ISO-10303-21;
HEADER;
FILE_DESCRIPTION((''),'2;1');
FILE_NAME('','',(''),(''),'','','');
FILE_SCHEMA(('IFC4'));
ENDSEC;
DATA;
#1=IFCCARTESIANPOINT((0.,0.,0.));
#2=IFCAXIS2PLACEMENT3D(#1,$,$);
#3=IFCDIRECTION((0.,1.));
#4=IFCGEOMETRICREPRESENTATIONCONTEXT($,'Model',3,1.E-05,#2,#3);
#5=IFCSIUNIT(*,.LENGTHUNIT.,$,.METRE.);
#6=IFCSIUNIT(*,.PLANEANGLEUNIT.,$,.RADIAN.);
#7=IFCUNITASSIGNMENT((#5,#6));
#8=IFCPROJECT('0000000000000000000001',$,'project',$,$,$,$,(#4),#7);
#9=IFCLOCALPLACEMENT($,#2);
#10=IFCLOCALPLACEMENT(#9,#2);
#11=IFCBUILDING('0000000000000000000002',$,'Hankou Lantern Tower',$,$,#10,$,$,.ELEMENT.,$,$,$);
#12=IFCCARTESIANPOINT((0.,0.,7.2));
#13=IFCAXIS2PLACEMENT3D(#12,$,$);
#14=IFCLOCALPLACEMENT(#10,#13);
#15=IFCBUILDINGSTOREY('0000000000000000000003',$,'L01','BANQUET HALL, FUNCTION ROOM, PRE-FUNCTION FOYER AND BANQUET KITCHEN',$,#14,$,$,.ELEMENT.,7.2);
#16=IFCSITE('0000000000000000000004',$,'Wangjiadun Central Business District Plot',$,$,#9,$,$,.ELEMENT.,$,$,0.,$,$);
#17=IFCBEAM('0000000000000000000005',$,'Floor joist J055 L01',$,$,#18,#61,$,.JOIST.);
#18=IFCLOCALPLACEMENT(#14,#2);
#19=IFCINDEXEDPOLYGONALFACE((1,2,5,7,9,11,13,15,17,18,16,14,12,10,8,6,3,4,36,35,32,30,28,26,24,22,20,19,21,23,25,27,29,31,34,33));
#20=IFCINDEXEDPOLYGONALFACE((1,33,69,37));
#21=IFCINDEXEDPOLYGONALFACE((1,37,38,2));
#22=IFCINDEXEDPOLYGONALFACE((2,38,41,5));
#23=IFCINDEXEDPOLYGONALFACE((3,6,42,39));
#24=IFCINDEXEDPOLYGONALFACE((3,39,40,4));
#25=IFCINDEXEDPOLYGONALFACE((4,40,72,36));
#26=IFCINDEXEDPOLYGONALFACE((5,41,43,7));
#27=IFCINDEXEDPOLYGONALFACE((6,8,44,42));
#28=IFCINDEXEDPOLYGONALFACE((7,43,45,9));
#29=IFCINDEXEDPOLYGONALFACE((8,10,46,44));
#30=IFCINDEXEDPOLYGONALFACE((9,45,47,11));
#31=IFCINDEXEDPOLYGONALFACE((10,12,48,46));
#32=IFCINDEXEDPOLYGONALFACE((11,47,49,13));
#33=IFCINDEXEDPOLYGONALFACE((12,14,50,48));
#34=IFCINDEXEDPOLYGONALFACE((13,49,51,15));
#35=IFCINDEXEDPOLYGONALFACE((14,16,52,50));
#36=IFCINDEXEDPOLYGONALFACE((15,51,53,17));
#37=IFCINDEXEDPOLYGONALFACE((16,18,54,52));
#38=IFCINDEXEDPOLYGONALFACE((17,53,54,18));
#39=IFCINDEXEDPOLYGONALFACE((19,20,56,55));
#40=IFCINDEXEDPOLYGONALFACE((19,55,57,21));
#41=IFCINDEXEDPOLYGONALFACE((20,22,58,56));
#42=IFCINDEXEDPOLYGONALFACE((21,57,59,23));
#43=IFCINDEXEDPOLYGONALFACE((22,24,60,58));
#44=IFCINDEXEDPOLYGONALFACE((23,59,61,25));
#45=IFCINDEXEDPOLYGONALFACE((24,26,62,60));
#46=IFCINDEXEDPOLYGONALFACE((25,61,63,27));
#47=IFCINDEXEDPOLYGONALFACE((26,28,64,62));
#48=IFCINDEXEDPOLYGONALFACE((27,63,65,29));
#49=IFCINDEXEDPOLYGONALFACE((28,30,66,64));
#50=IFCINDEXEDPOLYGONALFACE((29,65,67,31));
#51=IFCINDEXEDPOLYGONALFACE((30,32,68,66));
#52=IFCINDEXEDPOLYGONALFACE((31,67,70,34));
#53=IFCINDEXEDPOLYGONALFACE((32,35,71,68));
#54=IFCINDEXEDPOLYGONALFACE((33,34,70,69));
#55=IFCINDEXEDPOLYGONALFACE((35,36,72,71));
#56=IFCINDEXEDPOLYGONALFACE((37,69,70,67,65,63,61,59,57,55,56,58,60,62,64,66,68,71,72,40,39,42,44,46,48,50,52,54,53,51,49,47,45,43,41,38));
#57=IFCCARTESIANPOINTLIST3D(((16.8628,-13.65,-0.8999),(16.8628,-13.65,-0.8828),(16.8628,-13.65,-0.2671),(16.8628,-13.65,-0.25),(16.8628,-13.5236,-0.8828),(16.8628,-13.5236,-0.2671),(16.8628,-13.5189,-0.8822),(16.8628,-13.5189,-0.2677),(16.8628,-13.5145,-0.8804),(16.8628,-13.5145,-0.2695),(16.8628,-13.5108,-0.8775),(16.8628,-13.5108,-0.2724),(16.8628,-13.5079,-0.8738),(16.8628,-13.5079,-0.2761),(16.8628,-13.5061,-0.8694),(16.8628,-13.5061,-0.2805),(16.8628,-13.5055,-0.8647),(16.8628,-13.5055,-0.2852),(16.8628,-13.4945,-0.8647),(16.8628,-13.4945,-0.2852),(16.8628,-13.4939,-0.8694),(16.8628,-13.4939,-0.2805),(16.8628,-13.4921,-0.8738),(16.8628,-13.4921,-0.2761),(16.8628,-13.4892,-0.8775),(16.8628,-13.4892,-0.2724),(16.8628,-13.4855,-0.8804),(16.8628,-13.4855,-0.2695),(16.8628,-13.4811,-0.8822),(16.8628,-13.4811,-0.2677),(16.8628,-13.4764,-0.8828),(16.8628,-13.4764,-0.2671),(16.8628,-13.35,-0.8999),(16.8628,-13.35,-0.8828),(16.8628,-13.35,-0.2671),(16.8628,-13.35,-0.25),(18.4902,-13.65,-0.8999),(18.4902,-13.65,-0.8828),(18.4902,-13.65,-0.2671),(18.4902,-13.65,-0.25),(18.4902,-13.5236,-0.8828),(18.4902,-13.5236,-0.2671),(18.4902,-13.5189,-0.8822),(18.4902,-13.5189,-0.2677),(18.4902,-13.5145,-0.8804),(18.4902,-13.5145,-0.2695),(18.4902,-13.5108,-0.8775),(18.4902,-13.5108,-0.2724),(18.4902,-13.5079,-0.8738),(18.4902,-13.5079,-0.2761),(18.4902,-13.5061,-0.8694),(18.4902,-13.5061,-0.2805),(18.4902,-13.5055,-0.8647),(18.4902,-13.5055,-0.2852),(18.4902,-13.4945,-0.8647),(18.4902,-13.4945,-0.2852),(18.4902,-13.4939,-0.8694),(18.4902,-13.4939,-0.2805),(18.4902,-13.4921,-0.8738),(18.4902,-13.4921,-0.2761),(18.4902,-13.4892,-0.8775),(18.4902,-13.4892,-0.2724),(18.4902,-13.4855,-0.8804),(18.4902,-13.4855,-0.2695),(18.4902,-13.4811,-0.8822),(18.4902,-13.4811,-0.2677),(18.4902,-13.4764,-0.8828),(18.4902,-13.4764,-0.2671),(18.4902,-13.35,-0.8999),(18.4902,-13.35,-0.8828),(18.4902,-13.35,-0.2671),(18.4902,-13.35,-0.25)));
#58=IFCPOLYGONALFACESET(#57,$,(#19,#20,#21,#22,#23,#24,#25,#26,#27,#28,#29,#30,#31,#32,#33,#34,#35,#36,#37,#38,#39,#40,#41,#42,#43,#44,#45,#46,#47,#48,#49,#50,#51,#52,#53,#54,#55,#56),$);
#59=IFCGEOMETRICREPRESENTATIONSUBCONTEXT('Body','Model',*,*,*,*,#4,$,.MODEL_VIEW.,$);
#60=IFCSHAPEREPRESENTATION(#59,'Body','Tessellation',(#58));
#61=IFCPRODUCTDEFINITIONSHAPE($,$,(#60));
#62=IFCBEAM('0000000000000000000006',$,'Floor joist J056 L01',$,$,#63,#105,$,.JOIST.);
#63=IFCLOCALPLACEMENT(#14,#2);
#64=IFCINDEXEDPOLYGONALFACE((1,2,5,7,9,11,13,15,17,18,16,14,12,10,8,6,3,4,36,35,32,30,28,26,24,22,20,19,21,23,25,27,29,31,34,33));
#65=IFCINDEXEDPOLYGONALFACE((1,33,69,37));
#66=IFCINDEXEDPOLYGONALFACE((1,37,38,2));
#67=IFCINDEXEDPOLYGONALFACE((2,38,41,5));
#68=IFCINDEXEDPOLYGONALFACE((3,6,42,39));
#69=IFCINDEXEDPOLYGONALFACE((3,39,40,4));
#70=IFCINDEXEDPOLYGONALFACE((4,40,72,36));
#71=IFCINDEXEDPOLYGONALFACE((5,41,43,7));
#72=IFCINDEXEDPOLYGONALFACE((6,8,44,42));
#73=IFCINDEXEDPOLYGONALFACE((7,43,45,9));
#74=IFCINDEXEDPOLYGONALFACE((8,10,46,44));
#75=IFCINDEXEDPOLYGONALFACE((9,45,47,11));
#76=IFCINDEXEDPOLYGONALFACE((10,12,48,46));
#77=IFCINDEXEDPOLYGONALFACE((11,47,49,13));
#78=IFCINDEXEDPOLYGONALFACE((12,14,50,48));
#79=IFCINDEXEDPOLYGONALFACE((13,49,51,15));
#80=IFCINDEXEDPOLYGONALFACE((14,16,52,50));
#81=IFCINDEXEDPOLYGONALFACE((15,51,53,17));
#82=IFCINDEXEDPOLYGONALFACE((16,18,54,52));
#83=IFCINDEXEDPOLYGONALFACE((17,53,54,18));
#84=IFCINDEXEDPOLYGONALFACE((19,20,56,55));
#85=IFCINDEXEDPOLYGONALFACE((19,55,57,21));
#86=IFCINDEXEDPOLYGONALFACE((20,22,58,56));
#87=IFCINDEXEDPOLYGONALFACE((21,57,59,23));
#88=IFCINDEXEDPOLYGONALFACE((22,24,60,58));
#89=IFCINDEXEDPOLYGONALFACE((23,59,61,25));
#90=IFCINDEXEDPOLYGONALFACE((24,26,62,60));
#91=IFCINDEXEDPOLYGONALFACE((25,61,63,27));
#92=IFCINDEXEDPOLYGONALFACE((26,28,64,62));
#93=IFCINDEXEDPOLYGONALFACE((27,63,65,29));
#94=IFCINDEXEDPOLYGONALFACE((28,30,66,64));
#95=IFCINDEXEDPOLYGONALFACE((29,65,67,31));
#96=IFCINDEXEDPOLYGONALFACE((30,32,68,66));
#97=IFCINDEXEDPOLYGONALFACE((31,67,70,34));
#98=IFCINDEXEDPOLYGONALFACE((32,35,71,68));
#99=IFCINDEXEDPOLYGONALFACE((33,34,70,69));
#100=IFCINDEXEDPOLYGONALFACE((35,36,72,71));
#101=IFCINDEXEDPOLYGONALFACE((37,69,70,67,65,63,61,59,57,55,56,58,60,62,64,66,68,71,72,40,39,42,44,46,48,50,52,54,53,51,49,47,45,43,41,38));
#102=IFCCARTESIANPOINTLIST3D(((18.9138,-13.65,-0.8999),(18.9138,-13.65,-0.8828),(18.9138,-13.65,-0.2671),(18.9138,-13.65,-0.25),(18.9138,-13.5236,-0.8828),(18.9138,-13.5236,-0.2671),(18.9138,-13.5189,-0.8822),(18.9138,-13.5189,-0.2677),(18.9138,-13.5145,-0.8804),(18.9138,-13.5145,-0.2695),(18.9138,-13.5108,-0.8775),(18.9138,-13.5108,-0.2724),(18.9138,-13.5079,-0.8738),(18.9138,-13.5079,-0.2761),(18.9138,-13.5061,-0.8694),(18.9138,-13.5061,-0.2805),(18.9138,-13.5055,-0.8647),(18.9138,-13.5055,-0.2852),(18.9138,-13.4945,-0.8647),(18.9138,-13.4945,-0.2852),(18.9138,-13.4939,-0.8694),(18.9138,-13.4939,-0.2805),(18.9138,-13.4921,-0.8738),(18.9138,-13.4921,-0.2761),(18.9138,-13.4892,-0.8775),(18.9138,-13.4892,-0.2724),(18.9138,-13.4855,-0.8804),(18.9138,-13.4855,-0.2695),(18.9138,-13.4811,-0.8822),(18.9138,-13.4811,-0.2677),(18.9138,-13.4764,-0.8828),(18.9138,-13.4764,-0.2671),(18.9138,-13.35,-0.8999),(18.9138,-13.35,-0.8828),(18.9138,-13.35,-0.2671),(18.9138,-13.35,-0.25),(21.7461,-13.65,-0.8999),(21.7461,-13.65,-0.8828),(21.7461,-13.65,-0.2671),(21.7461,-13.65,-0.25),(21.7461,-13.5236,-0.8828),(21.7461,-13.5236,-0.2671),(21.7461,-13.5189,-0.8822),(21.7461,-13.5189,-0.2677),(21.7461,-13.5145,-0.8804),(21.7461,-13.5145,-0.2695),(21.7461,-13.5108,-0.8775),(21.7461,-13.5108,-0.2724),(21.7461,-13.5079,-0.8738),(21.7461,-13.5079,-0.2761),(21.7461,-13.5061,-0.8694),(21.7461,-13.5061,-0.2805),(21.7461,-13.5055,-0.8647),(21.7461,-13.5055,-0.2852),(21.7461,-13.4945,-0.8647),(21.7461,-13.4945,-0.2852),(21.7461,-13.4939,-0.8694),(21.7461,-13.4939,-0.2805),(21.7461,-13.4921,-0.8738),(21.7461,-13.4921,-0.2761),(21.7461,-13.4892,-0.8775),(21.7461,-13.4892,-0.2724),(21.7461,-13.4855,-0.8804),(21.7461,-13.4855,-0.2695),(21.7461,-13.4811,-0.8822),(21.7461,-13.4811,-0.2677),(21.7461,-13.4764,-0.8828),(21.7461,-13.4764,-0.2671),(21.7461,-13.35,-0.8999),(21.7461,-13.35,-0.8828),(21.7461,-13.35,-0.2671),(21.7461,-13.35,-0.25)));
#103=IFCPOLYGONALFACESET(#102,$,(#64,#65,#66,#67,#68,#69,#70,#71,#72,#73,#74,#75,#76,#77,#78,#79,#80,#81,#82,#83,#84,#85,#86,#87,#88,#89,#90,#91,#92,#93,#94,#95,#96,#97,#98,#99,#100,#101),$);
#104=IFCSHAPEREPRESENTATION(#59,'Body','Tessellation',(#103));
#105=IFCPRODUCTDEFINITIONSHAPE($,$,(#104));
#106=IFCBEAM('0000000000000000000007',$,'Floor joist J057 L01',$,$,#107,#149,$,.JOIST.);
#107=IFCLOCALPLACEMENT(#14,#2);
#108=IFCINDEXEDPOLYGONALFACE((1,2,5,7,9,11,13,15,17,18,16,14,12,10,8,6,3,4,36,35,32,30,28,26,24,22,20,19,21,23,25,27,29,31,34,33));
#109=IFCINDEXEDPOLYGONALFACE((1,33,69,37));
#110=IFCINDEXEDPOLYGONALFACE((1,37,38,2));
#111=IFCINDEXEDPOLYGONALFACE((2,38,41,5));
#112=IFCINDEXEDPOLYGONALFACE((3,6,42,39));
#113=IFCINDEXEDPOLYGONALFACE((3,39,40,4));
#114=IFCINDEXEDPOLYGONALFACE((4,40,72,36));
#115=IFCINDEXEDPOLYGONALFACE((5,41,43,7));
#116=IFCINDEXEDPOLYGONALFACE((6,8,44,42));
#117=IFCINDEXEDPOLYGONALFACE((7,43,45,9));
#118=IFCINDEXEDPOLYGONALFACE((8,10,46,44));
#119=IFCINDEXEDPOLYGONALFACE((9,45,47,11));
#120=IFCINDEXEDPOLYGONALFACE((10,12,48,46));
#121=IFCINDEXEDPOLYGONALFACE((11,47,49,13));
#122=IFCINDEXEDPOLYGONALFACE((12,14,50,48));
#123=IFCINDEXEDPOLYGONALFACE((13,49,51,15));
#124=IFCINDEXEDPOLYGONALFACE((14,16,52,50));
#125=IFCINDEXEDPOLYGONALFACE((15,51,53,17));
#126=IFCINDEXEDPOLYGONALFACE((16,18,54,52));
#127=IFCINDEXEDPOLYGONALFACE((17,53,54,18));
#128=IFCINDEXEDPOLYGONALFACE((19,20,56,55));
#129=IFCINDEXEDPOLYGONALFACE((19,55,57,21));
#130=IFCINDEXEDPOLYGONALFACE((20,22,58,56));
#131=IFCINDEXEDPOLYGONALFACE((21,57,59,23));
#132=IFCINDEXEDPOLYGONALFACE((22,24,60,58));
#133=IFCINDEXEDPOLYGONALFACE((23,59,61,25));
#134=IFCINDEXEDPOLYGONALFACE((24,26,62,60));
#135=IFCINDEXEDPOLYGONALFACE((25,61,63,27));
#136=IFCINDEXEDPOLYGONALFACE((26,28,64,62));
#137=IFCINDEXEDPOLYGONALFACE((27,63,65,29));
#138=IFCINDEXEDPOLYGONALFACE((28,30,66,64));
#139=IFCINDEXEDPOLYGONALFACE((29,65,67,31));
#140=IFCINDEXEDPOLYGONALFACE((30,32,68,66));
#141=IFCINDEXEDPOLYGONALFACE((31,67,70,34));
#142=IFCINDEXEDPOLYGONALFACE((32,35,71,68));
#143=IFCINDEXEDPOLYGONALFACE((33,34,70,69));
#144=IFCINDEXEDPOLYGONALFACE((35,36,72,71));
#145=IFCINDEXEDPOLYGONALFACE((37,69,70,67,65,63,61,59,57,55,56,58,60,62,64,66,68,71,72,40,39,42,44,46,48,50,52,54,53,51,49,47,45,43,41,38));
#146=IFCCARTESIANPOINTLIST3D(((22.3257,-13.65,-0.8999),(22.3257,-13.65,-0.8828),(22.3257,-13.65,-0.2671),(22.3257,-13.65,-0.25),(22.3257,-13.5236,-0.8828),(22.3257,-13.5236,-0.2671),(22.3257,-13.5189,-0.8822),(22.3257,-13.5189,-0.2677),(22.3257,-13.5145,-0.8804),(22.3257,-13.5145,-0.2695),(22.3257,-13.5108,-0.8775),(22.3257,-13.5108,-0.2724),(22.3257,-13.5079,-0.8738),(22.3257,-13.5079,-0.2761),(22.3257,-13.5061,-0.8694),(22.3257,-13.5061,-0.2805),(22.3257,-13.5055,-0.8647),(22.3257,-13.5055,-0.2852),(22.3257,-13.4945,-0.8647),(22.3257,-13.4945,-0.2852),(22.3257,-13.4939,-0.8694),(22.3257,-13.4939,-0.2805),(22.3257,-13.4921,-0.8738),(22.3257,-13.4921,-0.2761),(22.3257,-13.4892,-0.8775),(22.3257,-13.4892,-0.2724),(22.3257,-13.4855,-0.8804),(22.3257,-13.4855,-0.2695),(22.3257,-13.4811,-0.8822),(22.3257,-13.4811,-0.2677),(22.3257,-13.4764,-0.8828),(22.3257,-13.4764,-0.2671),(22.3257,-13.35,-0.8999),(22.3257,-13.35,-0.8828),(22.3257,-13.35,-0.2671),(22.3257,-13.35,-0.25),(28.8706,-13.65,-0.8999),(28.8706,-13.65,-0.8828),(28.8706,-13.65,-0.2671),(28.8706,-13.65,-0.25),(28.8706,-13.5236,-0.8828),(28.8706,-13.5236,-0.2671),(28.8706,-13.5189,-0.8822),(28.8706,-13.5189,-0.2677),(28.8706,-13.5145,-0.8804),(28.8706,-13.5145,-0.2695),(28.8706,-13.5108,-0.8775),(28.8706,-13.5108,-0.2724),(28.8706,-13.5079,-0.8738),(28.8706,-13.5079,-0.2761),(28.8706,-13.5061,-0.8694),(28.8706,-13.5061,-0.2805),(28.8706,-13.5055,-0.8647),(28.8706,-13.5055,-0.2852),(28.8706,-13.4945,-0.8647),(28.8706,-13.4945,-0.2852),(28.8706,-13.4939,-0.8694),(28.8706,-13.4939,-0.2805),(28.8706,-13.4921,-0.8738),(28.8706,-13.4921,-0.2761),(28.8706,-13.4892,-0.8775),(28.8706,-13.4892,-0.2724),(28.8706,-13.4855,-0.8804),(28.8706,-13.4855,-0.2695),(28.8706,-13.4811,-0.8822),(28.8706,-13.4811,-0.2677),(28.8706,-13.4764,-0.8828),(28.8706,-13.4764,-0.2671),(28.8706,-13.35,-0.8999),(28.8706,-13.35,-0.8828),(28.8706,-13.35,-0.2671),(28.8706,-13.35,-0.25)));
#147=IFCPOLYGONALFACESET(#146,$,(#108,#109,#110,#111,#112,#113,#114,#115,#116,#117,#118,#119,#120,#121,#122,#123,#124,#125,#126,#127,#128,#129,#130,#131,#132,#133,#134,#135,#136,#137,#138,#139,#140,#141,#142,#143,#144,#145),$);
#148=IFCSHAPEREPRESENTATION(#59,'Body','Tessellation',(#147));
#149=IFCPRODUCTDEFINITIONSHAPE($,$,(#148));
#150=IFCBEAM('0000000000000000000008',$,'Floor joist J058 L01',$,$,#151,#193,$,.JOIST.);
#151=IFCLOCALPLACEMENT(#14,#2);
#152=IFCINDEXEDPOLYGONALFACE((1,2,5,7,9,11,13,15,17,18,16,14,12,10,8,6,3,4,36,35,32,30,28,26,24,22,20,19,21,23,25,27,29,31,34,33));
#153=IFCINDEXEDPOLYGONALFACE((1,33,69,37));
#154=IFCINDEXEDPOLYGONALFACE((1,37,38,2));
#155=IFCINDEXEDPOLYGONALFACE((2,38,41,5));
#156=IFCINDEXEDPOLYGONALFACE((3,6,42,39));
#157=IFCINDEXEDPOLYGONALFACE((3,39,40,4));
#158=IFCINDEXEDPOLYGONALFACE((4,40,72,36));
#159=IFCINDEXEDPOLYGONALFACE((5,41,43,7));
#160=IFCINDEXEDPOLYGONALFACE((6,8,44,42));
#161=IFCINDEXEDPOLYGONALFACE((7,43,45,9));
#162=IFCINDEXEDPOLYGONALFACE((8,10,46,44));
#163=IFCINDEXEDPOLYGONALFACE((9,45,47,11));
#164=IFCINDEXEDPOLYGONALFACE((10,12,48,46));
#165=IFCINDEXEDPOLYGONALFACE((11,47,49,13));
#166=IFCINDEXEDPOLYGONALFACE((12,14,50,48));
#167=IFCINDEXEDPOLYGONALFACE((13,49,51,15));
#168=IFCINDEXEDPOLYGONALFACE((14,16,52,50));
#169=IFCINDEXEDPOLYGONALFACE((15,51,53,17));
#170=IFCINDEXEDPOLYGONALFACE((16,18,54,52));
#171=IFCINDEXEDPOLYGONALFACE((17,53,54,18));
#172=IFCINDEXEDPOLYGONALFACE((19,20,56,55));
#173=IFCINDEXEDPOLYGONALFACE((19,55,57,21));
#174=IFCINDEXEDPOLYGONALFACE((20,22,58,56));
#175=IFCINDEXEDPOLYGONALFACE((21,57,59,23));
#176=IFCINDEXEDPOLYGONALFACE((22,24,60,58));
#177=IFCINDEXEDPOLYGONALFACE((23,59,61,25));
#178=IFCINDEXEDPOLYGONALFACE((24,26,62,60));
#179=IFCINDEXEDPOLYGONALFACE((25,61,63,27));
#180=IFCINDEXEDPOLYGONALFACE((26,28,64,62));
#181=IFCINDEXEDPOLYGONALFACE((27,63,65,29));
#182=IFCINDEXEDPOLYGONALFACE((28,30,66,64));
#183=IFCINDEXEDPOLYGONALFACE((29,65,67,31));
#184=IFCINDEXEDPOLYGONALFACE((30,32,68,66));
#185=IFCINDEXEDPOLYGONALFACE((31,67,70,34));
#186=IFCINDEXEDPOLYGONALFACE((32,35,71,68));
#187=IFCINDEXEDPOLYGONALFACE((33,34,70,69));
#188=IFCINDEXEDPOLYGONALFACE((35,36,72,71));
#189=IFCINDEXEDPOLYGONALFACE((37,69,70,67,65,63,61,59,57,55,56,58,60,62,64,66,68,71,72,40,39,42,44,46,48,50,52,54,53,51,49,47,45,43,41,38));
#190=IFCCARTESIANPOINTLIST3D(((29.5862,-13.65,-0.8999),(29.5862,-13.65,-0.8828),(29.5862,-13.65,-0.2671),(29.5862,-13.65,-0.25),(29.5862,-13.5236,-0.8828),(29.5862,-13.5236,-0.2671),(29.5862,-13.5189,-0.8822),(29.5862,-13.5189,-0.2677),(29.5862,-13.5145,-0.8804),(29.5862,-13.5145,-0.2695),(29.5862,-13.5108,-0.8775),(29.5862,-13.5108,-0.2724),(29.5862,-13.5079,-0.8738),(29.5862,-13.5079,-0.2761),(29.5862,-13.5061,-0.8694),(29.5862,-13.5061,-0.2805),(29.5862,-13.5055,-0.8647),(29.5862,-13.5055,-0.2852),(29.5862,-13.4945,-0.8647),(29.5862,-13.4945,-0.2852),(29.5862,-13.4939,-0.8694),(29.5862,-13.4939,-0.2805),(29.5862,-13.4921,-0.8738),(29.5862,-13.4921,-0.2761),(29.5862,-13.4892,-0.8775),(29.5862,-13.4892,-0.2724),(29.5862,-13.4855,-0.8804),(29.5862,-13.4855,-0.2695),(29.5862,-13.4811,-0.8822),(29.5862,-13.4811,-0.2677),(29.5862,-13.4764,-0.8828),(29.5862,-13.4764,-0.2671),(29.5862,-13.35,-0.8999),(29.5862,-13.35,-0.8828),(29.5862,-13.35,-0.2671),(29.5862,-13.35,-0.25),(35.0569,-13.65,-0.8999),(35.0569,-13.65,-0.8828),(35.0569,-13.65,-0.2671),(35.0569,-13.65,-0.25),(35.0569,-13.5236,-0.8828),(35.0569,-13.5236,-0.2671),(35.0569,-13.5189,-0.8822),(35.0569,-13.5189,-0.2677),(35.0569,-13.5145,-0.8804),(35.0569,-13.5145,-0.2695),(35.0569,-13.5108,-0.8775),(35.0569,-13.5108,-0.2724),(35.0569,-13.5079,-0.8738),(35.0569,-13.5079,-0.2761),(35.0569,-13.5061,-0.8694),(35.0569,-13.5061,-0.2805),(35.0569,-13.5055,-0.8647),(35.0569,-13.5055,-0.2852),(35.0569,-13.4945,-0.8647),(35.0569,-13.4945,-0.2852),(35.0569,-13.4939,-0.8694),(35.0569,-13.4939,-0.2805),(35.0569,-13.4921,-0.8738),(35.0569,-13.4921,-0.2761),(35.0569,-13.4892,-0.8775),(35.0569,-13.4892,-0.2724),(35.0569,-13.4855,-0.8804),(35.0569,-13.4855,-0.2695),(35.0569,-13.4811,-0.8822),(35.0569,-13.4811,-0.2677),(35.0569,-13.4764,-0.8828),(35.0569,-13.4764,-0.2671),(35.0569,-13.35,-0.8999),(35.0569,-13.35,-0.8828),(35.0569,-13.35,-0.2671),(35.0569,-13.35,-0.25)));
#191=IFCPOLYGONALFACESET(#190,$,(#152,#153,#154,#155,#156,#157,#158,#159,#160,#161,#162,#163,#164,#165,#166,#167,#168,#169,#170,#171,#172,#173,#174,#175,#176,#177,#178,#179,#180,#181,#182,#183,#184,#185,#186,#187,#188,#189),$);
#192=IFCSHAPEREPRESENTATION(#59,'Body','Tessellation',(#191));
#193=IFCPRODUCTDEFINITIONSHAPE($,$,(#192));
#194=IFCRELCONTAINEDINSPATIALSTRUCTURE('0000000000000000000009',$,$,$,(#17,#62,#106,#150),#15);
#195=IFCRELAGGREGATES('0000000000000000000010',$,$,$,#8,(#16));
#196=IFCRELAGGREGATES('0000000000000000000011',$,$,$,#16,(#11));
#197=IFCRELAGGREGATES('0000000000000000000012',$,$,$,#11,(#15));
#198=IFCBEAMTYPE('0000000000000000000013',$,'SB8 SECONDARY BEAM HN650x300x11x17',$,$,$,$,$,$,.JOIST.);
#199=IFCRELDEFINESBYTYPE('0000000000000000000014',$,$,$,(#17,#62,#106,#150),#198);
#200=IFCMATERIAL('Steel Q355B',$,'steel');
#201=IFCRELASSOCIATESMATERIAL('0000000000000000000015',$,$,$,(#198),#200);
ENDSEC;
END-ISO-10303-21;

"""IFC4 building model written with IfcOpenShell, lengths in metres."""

from ifc_helpers import new_model, si_unit, direction, frame, origin, origin_2d, place, context, subcontext, project, spatial, i_section, extrude, material, material_profile, profile_set, type_object, element, save


model = new_model("IFC4")

# Units and contexts
model_context = context("Model", 3, precision=1e-05, world=origin(), true_north=direction((0.0, 1.0)))
body_context = subcontext(model_context, "Body", "Model", "MODEL_VIEW")
ifc_project = project(units=[si_unit("LENGTHUNIT", "METRE"), si_unit("PLANEANGLEUNIT", "RADIAN")], contexts=[model_context])

# Site, building, storey
site_placement = place(None, origin())
site = spatial("IfcSite", under=ifc_project, at=site_placement, Name="Wangjiadun Central Business District Plot", CompositionType="ELEMENT", RefElevation=0.0)
building_placement = place(site_placement, origin())
building = spatial("IfcBuilding", under=site, at=building_placement, Name="Hankou Lantern Tower", CompositionType="ELEMENT")
storey_placement = place(building_placement, frame((0.0, 0.0, 7.2)))
storey = spatial("IfcBuildingStorey", under=building, at=storey_placement, Name="L01", Description="BANQUET HALL, FUNCTION ROOM, PRE-FUNCTION FOYER AND BANQUET KITCHEN", CompositionType="ELEMENT", Elevation=7.2)

# Beams
ifc_material_1 = material(Name="Steel Q355B", Category="steel")
ifc_material_profile_1 = material_profile(ifc_material_1, i_section(OverallWidth=0.3, OverallDepth=0.6499, WebThickness=0.011, FlangeThickness=0.0171, FilletRadius=0.0181, at=origin_2d()), Name="HN650x300x11x17")
ifc_profile_set_1 = profile_set([ifc_material_profile_1], Name="Steel Q355B")
beam_type_1 = type_object("IfcBeamType", Name="SB8 SECONDARY BEAM HN650x300x11x17", PredefinedType="JOIST", material=ifc_profile_set_1)
beam_1_placement = place(storey_placement, frame((16.8628, -13.5, -0.575), z_axis=(1.0, 0.0, 0.0), x_axis=(0.0, 1.0, 0.0)))
element("IfcBeam", 1, at=beam_1_placement, inside=storey, type_object=beam_type_1, Name="Floor joist J055 L01", PredefinedType="JOIST", context=body_context, shape_type="SweptSolid", body=[
    extrude(i_section(OverallWidth=0.3, OverallDepth=0.6499, WebThickness=0.011, FlangeThickness=0.0171, FilletRadius=0.0181, at=origin_2d()), origin(), (0.0, 0.0, 1.0), 1.6274),
])
beam_2_placement = place(storey_placement, frame((18.9138, -13.5, -0.575), z_axis=(1.0, 0.0, 0.0), x_axis=(0.0, 1.0, 0.0)))
element("IfcBeam", 2, at=beam_2_placement, inside=storey, type_object=beam_type_1, Name="Floor joist J056 L01", PredefinedType="JOIST", context=body_context, shape_type="SweptSolid", body=[
    extrude(i_section(OverallWidth=0.3, OverallDepth=0.6499, WebThickness=0.011, FlangeThickness=0.0171, FilletRadius=0.0181, at=origin_2d()), origin(), (0.0, 0.0, 1.0), 2.8323),
])
beam_3_placement = place(storey_placement, frame((22.3257, -13.5, -0.575), z_axis=(1.0, 0.0, 0.0), x_axis=(0.0, 1.0, 0.0)))
element("IfcBeam", 3, at=beam_3_placement, inside=storey, type_object=beam_type_1, Name="Floor joist J057 L01", PredefinedType="JOIST", context=body_context, shape_type="SweptSolid", body=[
    extrude(i_section(OverallWidth=0.3, OverallDepth=0.6499, WebThickness=0.011, FlangeThickness=0.0171, FilletRadius=0.0181, at=origin_2d()), origin(), (0.0, 0.0, 1.0), 6.5449),
])
beam_4_placement = place(storey_placement, frame((29.5862, -13.5, -0.575), z_axis=(1.0, 0.0, 0.0), x_axis=(0.0, 1.0, 0.0)))
element("IfcBeam", 4, at=beam_4_placement, inside=storey, type_object=beam_type_1, Name="Floor joist J058 L01", PredefinedType="JOIST", context=body_context, shape_type="SweptSolid", body=[
    extrude(i_section(OverallWidth=0.3, OverallDepth=0.6499, WebThickness=0.011, FlangeThickness=0.0171, FilletRadius=0.0181, at=origin_2d()), origin(), (0.0, 0.0, 1.0), 5.4707),
])

save(model, "model.ifc")
